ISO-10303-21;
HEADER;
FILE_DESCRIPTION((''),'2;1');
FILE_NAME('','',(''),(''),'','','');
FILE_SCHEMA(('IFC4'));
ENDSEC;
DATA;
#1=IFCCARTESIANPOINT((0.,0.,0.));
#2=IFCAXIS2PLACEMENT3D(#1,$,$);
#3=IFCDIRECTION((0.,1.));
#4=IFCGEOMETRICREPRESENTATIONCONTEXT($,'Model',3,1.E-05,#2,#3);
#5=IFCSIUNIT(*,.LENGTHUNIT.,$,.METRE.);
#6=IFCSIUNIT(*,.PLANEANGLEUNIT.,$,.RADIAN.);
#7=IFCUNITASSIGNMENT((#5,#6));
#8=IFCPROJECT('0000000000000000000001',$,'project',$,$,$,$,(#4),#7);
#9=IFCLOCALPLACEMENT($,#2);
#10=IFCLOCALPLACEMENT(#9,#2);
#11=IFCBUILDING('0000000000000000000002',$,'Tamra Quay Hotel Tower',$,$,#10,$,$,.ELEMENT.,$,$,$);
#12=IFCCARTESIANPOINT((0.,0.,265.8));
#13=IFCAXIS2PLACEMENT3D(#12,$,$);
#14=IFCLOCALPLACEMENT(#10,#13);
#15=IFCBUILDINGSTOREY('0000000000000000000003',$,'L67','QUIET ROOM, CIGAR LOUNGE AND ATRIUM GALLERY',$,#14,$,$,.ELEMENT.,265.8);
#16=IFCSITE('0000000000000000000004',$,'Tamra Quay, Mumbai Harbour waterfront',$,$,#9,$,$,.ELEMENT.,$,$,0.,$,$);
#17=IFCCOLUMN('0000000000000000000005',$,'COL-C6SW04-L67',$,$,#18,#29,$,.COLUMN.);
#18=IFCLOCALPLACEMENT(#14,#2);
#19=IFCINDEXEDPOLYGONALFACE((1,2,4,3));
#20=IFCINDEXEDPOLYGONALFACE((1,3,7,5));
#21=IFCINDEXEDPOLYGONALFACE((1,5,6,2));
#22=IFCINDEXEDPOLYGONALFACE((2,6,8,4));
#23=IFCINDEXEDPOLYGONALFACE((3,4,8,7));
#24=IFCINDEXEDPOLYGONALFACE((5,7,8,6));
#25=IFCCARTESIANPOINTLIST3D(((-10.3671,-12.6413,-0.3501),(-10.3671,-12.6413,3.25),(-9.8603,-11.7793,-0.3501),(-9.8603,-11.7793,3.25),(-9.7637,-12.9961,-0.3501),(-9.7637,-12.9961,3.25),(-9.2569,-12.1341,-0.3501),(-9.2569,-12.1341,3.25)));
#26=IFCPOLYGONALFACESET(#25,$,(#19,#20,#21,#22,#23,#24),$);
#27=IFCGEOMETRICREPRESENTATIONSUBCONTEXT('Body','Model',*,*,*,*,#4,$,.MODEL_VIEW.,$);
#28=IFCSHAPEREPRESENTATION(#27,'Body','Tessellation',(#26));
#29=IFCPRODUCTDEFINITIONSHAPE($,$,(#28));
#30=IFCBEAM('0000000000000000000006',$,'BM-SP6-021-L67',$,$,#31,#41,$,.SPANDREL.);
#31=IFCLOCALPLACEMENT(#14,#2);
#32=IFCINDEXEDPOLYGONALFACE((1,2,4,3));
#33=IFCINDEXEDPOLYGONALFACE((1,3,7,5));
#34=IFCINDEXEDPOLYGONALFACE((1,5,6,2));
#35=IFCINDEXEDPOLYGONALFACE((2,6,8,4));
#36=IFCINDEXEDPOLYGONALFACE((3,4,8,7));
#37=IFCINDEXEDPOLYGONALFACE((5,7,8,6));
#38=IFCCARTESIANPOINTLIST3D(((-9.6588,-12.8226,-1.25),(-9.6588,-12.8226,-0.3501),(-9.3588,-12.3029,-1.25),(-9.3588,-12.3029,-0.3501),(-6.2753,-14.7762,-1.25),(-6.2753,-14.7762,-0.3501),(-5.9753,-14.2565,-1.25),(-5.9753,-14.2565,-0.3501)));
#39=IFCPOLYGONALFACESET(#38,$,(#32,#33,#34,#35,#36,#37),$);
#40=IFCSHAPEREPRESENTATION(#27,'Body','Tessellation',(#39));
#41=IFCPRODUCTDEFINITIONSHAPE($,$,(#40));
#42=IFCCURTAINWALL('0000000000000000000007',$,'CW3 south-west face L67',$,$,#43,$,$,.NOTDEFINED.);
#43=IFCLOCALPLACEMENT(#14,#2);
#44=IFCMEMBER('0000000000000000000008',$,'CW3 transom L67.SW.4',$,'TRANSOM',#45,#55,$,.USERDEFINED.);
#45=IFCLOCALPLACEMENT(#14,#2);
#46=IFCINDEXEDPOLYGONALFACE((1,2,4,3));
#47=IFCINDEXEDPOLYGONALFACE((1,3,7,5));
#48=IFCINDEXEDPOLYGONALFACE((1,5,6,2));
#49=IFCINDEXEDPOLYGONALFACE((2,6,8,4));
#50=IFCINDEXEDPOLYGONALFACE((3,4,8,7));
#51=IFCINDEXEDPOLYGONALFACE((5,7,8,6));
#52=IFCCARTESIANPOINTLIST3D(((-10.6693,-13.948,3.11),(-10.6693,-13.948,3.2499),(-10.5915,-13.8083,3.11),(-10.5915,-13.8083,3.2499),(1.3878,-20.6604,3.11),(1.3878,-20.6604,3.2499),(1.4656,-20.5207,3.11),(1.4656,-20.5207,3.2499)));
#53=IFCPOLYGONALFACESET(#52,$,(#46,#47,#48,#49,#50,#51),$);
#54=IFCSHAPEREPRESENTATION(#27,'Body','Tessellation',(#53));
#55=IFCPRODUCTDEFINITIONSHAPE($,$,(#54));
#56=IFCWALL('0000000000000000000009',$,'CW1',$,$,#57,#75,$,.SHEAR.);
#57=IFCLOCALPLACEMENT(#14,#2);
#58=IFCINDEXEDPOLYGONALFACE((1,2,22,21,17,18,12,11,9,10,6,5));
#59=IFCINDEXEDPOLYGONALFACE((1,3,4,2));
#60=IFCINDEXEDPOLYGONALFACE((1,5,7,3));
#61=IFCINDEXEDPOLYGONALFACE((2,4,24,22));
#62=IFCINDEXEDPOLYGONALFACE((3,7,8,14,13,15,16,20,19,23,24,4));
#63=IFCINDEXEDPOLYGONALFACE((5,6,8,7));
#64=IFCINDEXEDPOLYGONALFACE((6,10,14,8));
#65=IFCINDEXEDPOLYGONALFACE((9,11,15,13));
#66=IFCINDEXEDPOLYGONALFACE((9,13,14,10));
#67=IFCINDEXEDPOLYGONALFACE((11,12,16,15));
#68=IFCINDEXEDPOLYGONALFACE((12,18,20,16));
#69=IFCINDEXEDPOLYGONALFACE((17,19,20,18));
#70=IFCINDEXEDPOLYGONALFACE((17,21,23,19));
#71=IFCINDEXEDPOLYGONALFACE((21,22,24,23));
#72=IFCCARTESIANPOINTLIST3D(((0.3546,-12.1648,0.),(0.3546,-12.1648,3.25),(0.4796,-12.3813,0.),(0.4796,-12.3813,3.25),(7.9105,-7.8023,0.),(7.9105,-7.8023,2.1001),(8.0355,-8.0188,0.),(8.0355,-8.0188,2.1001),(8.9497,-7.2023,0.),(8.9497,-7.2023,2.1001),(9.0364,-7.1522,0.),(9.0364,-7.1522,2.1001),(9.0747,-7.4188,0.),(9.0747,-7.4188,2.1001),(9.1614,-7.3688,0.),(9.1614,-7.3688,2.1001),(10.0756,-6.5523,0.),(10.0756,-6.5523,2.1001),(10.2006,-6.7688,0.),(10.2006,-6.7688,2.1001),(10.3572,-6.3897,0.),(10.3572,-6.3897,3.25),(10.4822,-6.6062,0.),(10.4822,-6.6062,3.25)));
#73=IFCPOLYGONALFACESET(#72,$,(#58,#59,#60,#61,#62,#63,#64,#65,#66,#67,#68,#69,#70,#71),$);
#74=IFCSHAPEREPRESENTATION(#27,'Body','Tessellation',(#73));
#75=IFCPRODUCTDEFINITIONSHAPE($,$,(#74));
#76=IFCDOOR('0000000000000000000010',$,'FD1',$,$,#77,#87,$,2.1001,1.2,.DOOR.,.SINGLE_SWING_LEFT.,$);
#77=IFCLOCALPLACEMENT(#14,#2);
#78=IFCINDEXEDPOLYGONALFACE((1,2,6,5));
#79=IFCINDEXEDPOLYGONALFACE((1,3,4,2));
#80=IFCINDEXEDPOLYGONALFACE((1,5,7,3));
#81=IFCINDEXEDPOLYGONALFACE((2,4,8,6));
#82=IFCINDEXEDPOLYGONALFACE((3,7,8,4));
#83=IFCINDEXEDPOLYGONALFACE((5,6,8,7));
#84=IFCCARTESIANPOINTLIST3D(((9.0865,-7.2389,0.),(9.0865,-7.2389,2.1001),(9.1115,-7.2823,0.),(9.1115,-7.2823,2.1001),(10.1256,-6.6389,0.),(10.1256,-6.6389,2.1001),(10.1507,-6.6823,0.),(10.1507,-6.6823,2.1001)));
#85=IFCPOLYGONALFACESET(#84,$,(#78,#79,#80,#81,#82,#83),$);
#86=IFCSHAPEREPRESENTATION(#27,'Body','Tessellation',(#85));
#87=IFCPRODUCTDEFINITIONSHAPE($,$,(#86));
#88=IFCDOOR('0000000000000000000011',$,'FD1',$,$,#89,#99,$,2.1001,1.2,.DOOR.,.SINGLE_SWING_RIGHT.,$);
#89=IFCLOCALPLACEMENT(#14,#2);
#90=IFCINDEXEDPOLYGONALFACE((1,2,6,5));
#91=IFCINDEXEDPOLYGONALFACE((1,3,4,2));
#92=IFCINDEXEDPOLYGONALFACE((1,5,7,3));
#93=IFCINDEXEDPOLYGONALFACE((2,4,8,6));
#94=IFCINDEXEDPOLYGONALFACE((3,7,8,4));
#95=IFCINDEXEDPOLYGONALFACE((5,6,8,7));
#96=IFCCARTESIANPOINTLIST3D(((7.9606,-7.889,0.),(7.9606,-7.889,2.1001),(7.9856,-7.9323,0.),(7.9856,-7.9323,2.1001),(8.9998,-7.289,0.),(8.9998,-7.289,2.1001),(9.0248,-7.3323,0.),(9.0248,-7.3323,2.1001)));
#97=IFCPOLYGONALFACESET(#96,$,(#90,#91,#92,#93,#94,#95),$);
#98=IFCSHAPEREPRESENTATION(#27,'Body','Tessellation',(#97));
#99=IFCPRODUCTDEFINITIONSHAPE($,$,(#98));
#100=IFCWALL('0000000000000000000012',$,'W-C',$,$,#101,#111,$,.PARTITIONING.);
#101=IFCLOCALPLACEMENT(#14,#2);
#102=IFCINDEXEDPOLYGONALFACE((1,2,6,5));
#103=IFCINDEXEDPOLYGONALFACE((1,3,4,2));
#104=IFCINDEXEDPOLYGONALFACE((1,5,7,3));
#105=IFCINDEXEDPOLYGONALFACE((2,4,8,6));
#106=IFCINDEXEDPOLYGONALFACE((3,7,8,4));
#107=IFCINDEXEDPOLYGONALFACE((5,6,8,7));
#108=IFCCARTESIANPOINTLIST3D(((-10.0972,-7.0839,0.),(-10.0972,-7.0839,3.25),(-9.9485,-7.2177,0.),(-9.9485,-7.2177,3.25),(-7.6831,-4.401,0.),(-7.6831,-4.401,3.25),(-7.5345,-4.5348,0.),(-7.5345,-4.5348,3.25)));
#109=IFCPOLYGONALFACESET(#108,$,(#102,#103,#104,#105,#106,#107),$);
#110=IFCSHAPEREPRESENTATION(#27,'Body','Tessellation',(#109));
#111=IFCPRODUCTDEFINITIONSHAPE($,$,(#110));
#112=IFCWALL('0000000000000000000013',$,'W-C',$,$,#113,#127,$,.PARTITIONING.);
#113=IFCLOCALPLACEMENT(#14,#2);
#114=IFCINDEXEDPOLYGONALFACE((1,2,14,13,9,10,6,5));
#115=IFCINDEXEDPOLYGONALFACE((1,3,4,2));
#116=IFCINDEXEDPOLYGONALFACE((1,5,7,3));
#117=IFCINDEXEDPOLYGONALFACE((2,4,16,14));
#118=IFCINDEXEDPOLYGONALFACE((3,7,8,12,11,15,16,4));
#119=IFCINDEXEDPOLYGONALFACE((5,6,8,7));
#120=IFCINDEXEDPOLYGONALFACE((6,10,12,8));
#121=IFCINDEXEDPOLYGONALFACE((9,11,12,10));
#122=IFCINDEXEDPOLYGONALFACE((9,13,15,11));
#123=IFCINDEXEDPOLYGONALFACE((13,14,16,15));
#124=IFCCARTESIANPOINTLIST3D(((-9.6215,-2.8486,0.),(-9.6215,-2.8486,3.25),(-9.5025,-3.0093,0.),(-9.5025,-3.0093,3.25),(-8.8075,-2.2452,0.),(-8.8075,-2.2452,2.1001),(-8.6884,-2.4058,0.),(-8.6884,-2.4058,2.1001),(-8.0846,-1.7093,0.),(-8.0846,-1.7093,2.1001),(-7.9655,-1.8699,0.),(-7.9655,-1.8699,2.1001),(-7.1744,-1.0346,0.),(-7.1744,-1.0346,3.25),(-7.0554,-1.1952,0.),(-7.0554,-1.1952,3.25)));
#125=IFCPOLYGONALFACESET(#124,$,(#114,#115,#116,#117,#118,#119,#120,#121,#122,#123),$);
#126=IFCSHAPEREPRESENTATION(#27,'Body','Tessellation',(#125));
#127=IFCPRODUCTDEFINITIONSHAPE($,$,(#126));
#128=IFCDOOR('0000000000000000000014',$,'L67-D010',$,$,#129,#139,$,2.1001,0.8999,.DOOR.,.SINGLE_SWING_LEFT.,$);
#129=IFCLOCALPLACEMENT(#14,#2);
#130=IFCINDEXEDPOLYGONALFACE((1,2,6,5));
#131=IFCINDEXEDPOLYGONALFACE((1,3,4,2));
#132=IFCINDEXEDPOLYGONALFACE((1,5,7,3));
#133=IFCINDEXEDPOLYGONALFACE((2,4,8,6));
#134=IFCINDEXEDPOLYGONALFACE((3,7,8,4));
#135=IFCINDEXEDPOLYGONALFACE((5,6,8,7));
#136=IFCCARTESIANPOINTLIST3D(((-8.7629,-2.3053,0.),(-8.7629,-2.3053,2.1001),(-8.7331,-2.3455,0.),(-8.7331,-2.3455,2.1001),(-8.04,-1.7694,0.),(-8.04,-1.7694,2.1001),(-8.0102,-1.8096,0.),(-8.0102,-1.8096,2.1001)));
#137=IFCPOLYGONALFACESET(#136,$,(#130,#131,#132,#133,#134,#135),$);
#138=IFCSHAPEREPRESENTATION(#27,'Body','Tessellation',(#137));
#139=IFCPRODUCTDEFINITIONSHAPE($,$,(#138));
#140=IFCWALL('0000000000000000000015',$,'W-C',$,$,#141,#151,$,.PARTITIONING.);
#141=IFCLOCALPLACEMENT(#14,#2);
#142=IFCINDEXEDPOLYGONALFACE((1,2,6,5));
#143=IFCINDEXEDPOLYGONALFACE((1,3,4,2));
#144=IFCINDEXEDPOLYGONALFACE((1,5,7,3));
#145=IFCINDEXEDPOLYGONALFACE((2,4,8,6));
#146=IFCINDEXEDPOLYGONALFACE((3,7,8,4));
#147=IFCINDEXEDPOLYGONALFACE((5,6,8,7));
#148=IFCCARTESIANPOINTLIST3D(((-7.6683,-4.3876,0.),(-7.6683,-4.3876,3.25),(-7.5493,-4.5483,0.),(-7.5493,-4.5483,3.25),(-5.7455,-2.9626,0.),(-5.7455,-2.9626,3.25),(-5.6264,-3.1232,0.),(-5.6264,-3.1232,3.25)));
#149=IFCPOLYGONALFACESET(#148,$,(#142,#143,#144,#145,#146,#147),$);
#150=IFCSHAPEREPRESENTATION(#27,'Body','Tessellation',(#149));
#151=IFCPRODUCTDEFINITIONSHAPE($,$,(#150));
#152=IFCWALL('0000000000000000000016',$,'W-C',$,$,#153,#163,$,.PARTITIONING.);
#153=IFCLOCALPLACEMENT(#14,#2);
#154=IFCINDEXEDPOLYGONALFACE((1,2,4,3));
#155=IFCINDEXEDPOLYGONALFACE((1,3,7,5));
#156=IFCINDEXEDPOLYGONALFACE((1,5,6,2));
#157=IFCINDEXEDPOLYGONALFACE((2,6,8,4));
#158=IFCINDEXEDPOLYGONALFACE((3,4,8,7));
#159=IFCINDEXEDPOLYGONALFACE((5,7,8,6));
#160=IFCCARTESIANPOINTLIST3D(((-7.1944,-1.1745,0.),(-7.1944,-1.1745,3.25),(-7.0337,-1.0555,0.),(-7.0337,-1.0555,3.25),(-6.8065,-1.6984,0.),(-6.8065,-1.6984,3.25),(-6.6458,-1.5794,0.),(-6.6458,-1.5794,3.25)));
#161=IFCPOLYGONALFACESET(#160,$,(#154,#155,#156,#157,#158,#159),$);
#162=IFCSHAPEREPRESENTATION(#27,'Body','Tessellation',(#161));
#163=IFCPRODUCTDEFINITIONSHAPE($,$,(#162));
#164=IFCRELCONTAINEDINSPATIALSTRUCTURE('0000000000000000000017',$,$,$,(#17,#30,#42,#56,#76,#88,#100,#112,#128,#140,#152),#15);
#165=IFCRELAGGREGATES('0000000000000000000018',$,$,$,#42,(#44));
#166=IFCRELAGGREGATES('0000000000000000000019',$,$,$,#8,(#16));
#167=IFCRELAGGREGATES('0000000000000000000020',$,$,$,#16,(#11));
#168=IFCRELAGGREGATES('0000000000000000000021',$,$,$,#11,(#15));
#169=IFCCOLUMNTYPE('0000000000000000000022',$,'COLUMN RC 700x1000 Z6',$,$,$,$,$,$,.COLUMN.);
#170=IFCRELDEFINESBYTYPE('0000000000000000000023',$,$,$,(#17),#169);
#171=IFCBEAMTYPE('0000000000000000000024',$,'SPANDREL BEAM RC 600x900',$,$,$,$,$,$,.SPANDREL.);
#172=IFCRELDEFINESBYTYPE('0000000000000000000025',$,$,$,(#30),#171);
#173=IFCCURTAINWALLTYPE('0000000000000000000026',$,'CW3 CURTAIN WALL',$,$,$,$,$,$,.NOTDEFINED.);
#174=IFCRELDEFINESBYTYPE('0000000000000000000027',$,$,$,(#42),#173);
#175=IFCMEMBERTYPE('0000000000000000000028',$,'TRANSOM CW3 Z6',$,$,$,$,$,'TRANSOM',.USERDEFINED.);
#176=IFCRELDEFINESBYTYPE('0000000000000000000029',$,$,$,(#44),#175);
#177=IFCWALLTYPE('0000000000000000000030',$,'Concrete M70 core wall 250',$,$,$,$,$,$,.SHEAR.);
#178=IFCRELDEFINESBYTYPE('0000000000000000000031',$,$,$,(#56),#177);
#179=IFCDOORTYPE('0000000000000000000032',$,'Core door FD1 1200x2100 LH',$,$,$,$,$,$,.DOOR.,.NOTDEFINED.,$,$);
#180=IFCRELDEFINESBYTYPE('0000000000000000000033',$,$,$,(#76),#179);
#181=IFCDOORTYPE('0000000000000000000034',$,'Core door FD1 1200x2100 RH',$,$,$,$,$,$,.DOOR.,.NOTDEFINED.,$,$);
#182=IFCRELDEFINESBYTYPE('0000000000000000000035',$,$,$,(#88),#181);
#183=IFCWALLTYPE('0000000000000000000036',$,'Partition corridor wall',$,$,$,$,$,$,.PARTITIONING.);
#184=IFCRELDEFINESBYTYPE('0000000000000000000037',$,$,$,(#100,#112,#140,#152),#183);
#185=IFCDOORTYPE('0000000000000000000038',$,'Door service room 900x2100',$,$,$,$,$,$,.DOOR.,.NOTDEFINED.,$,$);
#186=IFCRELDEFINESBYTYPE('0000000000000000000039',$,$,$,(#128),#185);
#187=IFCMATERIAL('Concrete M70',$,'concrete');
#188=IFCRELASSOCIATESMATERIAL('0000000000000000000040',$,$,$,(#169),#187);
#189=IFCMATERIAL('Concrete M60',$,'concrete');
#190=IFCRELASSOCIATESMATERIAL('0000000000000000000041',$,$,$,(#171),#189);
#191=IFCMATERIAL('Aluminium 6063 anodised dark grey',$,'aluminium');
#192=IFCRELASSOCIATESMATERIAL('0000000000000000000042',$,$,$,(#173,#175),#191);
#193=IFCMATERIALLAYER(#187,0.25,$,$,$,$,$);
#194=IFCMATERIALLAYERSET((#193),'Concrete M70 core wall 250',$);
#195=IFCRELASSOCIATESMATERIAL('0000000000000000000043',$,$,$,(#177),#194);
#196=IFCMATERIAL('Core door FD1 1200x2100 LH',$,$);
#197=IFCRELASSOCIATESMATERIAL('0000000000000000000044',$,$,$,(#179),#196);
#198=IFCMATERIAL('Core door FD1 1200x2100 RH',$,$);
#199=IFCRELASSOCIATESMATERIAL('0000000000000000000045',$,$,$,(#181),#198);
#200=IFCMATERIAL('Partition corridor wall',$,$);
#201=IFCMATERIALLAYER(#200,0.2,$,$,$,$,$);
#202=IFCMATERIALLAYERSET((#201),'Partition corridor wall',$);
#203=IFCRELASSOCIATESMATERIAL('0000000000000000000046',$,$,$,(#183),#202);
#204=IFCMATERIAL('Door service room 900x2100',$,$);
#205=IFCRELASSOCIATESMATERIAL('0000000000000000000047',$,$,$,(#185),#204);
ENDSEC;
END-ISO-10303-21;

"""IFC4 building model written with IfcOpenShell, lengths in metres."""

from ifc_helpers import new_model, si_unit, direction, frame, frame_2d, origin, origin_2d, place, context, subcontext, project, spatial, rectangle, extrude, material, layer, layer_set, material_profile, profile_set, type_object, element, fill, aggregate, save


model = new_model("IFC4")

# Units and contexts
model_context = context("Model", 3, precision=1e-05, world=origin(), true_north=direction((0.0, 1.0)))
body_context = subcontext(model_context, "Body", "Model", "MODEL_VIEW")
ifc_project = project(units=[si_unit("LENGTHUNIT", "METRE"), si_unit("PLANEANGLEUNIT", "RADIAN")], contexts=[model_context])

# Site, building, storey
site_placement = place(None, origin())
site = spatial("IfcSite", under=ifc_project, at=site_placement, Name="Tamra Quay, Mumbai Harbour waterfront", CompositionType="ELEMENT", RefElevation=0.0)
building_placement = place(site_placement, origin())
building = spatial("IfcBuilding", under=site, at=building_placement, Name="Tamra Quay Hotel Tower", CompositionType="ELEMENT")
storey_placement = place(building_placement, frame((0.0, 0.0, 265.8)))
storey = spatial("IfcBuildingStorey", under=building, at=storey_placement, Name="L67", Description="QUIET ROOM, CIGAR LOUNGE AND ATRIUM GALLERY", CompositionType="ELEMENT", Elevation=265.8)

# Column
ifc_material_1 = material(Name="Concrete M70", Category="concrete")
ifc_material_profile_1 = material_profile(ifc_material_1, rectangle(XDim=1.0, YDim=0.7, at=origin_2d()), Name="COLUMN RC 700x1000 Z6")
ifc_profile_set_1 = profile_set([ifc_material_profile_1], Name="Concrete M70")
column_type = type_object("IfcColumnType", Name="COLUMN RC 700x1000 Z6", PredefinedType="COLUMN", material=ifc_profile_set_1)
column_placement = place(storey_placement, frame((-9.812, -12.3877, -0.3501), z_axis=(0.0, 0.0, 1.0), x_axis=(0.506843, 0.862038, 0.0)))
element("IfcColumn", 1, at=column_placement, inside=storey, type_object=column_type, Name="COL-C6SW04-L67", PredefinedType="COLUMN", context=body_context, shape_type="SweptSolid", body=[
    extrude(rectangle(XDim=1.0, YDim=0.7, at=origin_2d()), origin(), (0.0, 0.0, 1.0), 3.6001),
])

# Beam
ifc_material_2 = material(Name="Concrete M60", Category="concrete")
ifc_material_profile_2 = material_profile(ifc_material_2, rectangle(XDim=0.6001, YDim=0.8999, at=origin_2d()), Name="SPANDREL BEAM RC 600x900")
ifc_profile_set_2 = profile_set([ifc_material_profile_2], Name="Concrete M60")
beam_type = type_object("IfcBeamType", Name="SPANDREL BEAM RC 600x900", PredefinedType="SPANDREL", material=ifc_profile_set_2)
beam_placement = place(storey_placement, frame((-9.5088, -12.5627, -0.8), z_axis=(0.866012, -0.500024, 0.0), x_axis=(0.500024, 0.866012, 0.0)))
element("IfcBeam", 2, at=beam_placement, inside=storey, type_object=beam_type, Name="BM-SP6-021-L67", PredefinedType="SPANDREL", context=body_context, shape_type="SweptSolid", body=[
    extrude(rectangle(XDim=0.6001, YDim=0.8999, at=origin_2d()), origin(), (0.0, 0.0, 1.0), 3.907),
])

# Curtain wall, member
ifc_material_3 = material(Name="Aluminium 6063 anodised dark grey", Category="aluminium")
curtain_wall_type = type_object("IfcCurtainWallType", Name="CW3 CURTAIN WALL", PredefinedType="NOTDEFINED", material=ifc_material_3)
curtain_wall_placement = place(storey_placement, origin())
curtain_wall = element("IfcCurtainWall", 3, at=curtain_wall_placement, inside=storey, type_object=curtain_wall_type, Name="CW3 south-west face L67", PredefinedType="NOTDEFINED")
ifc_material_profile_3 = material_profile(ifc_material_3, rectangle(XDim=0.1599, YDim=0.1399, at=origin_2d()), Name="TRANSOM 160X140")
ifc_profile_set_3 = profile_set([ifc_material_profile_3], Name="Aluminium 6063 anodised dark grey")
member_type = type_object("IfcMemberType", Name="TRANSOM CW3 Z6", ElementType="TRANSOM", PredefinedType="USERDEFINED", material=ifc_profile_set_3)
member_placement = place(storey_placement, frame((-10.6304, -13.8782, 3.1799), z_axis=(0.873726, -0.486418, 0.0), x_axis=(0.486418, 0.873726, 0.0)))
member = element("IfcMember", 4, at=member_placement, type_object=member_type, Name="CW3 transom L67.SW.4", ObjectType="TRANSOM", PredefinedType="USERDEFINED", context=body_context, shape_type="SweptSolid", body=[
    extrude(rectangle(XDim=0.1599, YDim=0.1399, at=origin_2d()), origin(), (0.0, 0.0, 1.0), 13.7996),
])
aggregate(curtain_wall, [member])

# Wall, openings, doors
ifc_layer_1 = layer(ifc_material_1, 0.25)
ifc_layer_set_1 = layer_set([ifc_layer_1], Name="Concrete M70 core wall 250")
wall_type_1 = type_object("IfcWallType", Name="Concrete M70 core wall 250", PredefinedType="SHEAR", material=ifc_layer_set_1)
wall_1_placement = place(storey_placement, frame((0.4172, -12.2729, 0.0), z_axis=(0.0, 0.0, 1.0), x_axis=(0.866022, 0.500006, 0.0)))
wall_1 = element("IfcWall", 5, at=wall_1_placement, inside=storey, type_object=wall_type_1, Name="CW1", PredefinedType="SHEAR", context=body_context, shape_type="SweptSolid", body=[
    extrude(rectangle(XDim=11.55, YDim=0.25, at=frame_2d((5.7749, 0.0))), origin(), (0.0, 0.0, 1.0), 3.25),
])
opening_1_placement = place(wall_1_placement, frame((10.0247, 0.0, 0.0)))
opening_1 = element("IfcOpeningElement", 6, at=opening_1_placement, cuts=wall_1, PredefinedType="OPENING", context=body_context, shape_type="SweptSolid", body=[
    extrude(rectangle(XDim=1.2, YDim=2.1001, at=frame_2d((0.6001, 1.05))), frame((0.0, 0.135, 0.0), z_axis=(0.0, -1.0, 0.0), x_axis=(1.0, 0.0, 0.0)), (0.0, 0.0, 1.0), 0.27),
])
opening_2_placement = place(wall_1_placement, frame((8.7246, 0.0, 0.0)))
opening_2 = element("IfcOpeningElement", 7, at=opening_2_placement, cuts=wall_1, PredefinedType="OPENING", context=body_context, shape_type="SweptSolid", body=[
    extrude(rectangle(XDim=1.2, YDim=2.1001, at=frame_2d((0.6001, 1.05))), frame((0.0, 0.135, 0.0), z_axis=(0.0, -1.0, 0.0), x_axis=(1.0, 0.0, 0.0)), (0.0, 0.0, 1.0), 0.27),
])
ifc_material_4 = material(Name="Core door FD1 1200x2100 LH")
door_type_1 = type_object("IfcDoorType", Name="Core door FD1 1200x2100 LH", OperationType="NOTDEFINED", PredefinedType="DOOR", material=ifc_material_4)
door_1_placement = place(opening_1_placement, origin())
door_1 = element("IfcDoor", 8, at=door_1_placement, inside=storey, type_object=door_type_1, Name="FD1", OperationType="SINGLE_SWING_LEFT", OverallHeight=2.1001, OverallWidth=1.2, PredefinedType="DOOR", context=body_context, shape_type="SweptSolid", body=[
    extrude(rectangle(XDim=1.2, YDim=2.1001, at=frame_2d((0.6001, 1.05))), frame((0.0, 0.0249, 0.0), z_axis=(0.0, -1.0, 0.0), x_axis=(1.0, 0.0, 0.0)), (0.0, 0.0, 1.0), 0.05),
])
fill(opening_1, door_1)
ifc_material_5 = material(Name="Core door FD1 1200x2100 RH")
door_type_2 = type_object("IfcDoorType", Name="Core door FD1 1200x2100 RH", OperationType="NOTDEFINED", PredefinedType="DOOR", material=ifc_material_5)
door_2_placement = place(opening_2_placement, origin())
door_2 = element("IfcDoor", 9, at=door_2_placement, inside=storey, type_object=door_type_2, Name="FD1", OperationType="SINGLE_SWING_RIGHT", OverallHeight=2.1001, OverallWidth=1.2, PredefinedType="DOOR", context=body_context, shape_type="SweptSolid", body=[
    extrude(rectangle(XDim=1.2, YDim=2.1001, at=frame_2d((0.6001, 1.05))), frame((0.0, 0.0249, 0.0), z_axis=(0.0, -1.0, 0.0), x_axis=(1.0, 0.0, 0.0)), (0.0, 0.0, 1.0), 0.05),
])
fill(opening_2, door_2)

# Wall
ifc_material_6 = material(Name="Partition corridor wall")
ifc_layer_2 = layer(ifc_material_6, 0.2)
ifc_layer_set_2 = layer_set([ifc_layer_2], Name="Partition corridor wall")
wall_type_2 = type_object("IfcWallType", Name="Partition corridor wall", PredefinedType="PARTITIONING", material=ifc_layer_set_2)
wall_2_placement = place(storey_placement, frame((-10.0229, -7.1509, 0.0), z_axis=(0.0, 0.0, 1.0), x_axis=(0.668886, 0.743365, 0.0)))
element("IfcWall", 10, at=wall_2_placement, inside=storey, type_object=wall_type_2, Name="W-C", PredefinedType="PARTITIONING", context=body_context, shape_type="SweptSolid", body=[
    extrude(rectangle(XDim=3.6091, YDim=0.2, at=frame_2d((1.8047, 0.0))), origin(), (0.0, 0.0, 1.0), 3.25),
])

# Wall, opening, door
wall_3_placement = place(storey_placement, frame((-7.115, -1.115, 0.0), z_axis=(0.0, 0.0, 1.0), x_axis=(-0.803344, -0.595515, 0.0)))
wall_3 = element("IfcWall", 11, at=wall_3_placement, inside=storey, type_object=wall_type_2, Name="W-C", PredefinedType="PARTITIONING", context=body_context, shape_type="SweptSolid", body=[
    extrude(rectangle(XDim=3.0461, YDim=0.2, at=frame_2d((1.5229, 0.0))), origin(), (0.0, 0.0, 1.0), 3.25),
])
opening_3_placement = place(wall_3_placement, frame((1.1328, 0.0, 0.0)))
opening_3 = element("IfcOpeningElement", 12, at=opening_3_placement, cuts=wall_3, PredefinedType="OPENING", context=body_context, shape_type="SweptSolid", body=[
    extrude(rectangle(XDim=0.8999, YDim=2.1001, at=frame_2d((0.45, 1.05))), frame((0.0, 0.1099, 0.0), z_axis=(0.0, -1.0, 0.0), x_axis=(1.0, 0.0, 0.0)), (0.0, 0.0, 1.0), 0.22),
])
ifc_material_7 = material(Name="Door service room 900x2100")
door_type_3 = type_object("IfcDoorType", Name="Door service room 900x2100", OperationType="NOTDEFINED", PredefinedType="DOOR", material=ifc_material_7)
door_3_placement = place(opening_3_placement, origin())
door_3 = element("IfcDoor", 13, at=door_3_placement, inside=storey, type_object=door_type_3, Name="L67-D010", OperationType="SINGLE_SWING_LEFT", OverallHeight=2.1001, OverallWidth=0.8999, PredefinedType="DOOR", context=body_context, shape_type="SweptSolid", body=[
    extrude(rectangle(XDim=0.8999, YDim=2.1001, at=frame_2d((0.45, 1.05))), frame((0.0, 0.0249, 0.0), z_axis=(0.0, -1.0, 0.0), x_axis=(1.0, 0.0, 0.0)), (0.0, 0.0, 1.0), 0.05),
])
fill(opening_3, door_3)

# Walls
wall_4_placement = place(storey_placement, frame((-7.6089, -4.468, 0.0), z_axis=(0.0, 0.0, 1.0), x_axis=(0.803414, 0.59542, 0.0)))
element("IfcWall", 14, at=wall_4_placement, inside=storey, type_object=wall_type_2, Name="W-C", PredefinedType="PARTITIONING", context=body_context, shape_type="SweptSolid", body=[
    extrude(rectangle(XDim=2.3933, YDim=0.2, at=frame_2d((1.1968, 0.0))), origin(), (0.0, 0.0, 1.0), 3.25),
])
wall_5_placement = place(storey_placement, frame((-7.114, -1.115, 0.0), z_axis=(0.0, 0.0, 1.0), x_axis=(0.595075, -0.80367, 0.0)))
element("IfcWall", 15, at=wall_5_placement, inside=storey, type_object=wall_type_2, Name="W-C", PredefinedType="PARTITIONING", context=body_context, shape_type="SweptSolid", body=[
    extrude(rectangle(XDim=0.6519, YDim=0.2, at=frame_2d((0.3259, 0.0))), origin(), (0.0, 0.0, 1.0), 3.25),
])

save(model, "model.ifc")
